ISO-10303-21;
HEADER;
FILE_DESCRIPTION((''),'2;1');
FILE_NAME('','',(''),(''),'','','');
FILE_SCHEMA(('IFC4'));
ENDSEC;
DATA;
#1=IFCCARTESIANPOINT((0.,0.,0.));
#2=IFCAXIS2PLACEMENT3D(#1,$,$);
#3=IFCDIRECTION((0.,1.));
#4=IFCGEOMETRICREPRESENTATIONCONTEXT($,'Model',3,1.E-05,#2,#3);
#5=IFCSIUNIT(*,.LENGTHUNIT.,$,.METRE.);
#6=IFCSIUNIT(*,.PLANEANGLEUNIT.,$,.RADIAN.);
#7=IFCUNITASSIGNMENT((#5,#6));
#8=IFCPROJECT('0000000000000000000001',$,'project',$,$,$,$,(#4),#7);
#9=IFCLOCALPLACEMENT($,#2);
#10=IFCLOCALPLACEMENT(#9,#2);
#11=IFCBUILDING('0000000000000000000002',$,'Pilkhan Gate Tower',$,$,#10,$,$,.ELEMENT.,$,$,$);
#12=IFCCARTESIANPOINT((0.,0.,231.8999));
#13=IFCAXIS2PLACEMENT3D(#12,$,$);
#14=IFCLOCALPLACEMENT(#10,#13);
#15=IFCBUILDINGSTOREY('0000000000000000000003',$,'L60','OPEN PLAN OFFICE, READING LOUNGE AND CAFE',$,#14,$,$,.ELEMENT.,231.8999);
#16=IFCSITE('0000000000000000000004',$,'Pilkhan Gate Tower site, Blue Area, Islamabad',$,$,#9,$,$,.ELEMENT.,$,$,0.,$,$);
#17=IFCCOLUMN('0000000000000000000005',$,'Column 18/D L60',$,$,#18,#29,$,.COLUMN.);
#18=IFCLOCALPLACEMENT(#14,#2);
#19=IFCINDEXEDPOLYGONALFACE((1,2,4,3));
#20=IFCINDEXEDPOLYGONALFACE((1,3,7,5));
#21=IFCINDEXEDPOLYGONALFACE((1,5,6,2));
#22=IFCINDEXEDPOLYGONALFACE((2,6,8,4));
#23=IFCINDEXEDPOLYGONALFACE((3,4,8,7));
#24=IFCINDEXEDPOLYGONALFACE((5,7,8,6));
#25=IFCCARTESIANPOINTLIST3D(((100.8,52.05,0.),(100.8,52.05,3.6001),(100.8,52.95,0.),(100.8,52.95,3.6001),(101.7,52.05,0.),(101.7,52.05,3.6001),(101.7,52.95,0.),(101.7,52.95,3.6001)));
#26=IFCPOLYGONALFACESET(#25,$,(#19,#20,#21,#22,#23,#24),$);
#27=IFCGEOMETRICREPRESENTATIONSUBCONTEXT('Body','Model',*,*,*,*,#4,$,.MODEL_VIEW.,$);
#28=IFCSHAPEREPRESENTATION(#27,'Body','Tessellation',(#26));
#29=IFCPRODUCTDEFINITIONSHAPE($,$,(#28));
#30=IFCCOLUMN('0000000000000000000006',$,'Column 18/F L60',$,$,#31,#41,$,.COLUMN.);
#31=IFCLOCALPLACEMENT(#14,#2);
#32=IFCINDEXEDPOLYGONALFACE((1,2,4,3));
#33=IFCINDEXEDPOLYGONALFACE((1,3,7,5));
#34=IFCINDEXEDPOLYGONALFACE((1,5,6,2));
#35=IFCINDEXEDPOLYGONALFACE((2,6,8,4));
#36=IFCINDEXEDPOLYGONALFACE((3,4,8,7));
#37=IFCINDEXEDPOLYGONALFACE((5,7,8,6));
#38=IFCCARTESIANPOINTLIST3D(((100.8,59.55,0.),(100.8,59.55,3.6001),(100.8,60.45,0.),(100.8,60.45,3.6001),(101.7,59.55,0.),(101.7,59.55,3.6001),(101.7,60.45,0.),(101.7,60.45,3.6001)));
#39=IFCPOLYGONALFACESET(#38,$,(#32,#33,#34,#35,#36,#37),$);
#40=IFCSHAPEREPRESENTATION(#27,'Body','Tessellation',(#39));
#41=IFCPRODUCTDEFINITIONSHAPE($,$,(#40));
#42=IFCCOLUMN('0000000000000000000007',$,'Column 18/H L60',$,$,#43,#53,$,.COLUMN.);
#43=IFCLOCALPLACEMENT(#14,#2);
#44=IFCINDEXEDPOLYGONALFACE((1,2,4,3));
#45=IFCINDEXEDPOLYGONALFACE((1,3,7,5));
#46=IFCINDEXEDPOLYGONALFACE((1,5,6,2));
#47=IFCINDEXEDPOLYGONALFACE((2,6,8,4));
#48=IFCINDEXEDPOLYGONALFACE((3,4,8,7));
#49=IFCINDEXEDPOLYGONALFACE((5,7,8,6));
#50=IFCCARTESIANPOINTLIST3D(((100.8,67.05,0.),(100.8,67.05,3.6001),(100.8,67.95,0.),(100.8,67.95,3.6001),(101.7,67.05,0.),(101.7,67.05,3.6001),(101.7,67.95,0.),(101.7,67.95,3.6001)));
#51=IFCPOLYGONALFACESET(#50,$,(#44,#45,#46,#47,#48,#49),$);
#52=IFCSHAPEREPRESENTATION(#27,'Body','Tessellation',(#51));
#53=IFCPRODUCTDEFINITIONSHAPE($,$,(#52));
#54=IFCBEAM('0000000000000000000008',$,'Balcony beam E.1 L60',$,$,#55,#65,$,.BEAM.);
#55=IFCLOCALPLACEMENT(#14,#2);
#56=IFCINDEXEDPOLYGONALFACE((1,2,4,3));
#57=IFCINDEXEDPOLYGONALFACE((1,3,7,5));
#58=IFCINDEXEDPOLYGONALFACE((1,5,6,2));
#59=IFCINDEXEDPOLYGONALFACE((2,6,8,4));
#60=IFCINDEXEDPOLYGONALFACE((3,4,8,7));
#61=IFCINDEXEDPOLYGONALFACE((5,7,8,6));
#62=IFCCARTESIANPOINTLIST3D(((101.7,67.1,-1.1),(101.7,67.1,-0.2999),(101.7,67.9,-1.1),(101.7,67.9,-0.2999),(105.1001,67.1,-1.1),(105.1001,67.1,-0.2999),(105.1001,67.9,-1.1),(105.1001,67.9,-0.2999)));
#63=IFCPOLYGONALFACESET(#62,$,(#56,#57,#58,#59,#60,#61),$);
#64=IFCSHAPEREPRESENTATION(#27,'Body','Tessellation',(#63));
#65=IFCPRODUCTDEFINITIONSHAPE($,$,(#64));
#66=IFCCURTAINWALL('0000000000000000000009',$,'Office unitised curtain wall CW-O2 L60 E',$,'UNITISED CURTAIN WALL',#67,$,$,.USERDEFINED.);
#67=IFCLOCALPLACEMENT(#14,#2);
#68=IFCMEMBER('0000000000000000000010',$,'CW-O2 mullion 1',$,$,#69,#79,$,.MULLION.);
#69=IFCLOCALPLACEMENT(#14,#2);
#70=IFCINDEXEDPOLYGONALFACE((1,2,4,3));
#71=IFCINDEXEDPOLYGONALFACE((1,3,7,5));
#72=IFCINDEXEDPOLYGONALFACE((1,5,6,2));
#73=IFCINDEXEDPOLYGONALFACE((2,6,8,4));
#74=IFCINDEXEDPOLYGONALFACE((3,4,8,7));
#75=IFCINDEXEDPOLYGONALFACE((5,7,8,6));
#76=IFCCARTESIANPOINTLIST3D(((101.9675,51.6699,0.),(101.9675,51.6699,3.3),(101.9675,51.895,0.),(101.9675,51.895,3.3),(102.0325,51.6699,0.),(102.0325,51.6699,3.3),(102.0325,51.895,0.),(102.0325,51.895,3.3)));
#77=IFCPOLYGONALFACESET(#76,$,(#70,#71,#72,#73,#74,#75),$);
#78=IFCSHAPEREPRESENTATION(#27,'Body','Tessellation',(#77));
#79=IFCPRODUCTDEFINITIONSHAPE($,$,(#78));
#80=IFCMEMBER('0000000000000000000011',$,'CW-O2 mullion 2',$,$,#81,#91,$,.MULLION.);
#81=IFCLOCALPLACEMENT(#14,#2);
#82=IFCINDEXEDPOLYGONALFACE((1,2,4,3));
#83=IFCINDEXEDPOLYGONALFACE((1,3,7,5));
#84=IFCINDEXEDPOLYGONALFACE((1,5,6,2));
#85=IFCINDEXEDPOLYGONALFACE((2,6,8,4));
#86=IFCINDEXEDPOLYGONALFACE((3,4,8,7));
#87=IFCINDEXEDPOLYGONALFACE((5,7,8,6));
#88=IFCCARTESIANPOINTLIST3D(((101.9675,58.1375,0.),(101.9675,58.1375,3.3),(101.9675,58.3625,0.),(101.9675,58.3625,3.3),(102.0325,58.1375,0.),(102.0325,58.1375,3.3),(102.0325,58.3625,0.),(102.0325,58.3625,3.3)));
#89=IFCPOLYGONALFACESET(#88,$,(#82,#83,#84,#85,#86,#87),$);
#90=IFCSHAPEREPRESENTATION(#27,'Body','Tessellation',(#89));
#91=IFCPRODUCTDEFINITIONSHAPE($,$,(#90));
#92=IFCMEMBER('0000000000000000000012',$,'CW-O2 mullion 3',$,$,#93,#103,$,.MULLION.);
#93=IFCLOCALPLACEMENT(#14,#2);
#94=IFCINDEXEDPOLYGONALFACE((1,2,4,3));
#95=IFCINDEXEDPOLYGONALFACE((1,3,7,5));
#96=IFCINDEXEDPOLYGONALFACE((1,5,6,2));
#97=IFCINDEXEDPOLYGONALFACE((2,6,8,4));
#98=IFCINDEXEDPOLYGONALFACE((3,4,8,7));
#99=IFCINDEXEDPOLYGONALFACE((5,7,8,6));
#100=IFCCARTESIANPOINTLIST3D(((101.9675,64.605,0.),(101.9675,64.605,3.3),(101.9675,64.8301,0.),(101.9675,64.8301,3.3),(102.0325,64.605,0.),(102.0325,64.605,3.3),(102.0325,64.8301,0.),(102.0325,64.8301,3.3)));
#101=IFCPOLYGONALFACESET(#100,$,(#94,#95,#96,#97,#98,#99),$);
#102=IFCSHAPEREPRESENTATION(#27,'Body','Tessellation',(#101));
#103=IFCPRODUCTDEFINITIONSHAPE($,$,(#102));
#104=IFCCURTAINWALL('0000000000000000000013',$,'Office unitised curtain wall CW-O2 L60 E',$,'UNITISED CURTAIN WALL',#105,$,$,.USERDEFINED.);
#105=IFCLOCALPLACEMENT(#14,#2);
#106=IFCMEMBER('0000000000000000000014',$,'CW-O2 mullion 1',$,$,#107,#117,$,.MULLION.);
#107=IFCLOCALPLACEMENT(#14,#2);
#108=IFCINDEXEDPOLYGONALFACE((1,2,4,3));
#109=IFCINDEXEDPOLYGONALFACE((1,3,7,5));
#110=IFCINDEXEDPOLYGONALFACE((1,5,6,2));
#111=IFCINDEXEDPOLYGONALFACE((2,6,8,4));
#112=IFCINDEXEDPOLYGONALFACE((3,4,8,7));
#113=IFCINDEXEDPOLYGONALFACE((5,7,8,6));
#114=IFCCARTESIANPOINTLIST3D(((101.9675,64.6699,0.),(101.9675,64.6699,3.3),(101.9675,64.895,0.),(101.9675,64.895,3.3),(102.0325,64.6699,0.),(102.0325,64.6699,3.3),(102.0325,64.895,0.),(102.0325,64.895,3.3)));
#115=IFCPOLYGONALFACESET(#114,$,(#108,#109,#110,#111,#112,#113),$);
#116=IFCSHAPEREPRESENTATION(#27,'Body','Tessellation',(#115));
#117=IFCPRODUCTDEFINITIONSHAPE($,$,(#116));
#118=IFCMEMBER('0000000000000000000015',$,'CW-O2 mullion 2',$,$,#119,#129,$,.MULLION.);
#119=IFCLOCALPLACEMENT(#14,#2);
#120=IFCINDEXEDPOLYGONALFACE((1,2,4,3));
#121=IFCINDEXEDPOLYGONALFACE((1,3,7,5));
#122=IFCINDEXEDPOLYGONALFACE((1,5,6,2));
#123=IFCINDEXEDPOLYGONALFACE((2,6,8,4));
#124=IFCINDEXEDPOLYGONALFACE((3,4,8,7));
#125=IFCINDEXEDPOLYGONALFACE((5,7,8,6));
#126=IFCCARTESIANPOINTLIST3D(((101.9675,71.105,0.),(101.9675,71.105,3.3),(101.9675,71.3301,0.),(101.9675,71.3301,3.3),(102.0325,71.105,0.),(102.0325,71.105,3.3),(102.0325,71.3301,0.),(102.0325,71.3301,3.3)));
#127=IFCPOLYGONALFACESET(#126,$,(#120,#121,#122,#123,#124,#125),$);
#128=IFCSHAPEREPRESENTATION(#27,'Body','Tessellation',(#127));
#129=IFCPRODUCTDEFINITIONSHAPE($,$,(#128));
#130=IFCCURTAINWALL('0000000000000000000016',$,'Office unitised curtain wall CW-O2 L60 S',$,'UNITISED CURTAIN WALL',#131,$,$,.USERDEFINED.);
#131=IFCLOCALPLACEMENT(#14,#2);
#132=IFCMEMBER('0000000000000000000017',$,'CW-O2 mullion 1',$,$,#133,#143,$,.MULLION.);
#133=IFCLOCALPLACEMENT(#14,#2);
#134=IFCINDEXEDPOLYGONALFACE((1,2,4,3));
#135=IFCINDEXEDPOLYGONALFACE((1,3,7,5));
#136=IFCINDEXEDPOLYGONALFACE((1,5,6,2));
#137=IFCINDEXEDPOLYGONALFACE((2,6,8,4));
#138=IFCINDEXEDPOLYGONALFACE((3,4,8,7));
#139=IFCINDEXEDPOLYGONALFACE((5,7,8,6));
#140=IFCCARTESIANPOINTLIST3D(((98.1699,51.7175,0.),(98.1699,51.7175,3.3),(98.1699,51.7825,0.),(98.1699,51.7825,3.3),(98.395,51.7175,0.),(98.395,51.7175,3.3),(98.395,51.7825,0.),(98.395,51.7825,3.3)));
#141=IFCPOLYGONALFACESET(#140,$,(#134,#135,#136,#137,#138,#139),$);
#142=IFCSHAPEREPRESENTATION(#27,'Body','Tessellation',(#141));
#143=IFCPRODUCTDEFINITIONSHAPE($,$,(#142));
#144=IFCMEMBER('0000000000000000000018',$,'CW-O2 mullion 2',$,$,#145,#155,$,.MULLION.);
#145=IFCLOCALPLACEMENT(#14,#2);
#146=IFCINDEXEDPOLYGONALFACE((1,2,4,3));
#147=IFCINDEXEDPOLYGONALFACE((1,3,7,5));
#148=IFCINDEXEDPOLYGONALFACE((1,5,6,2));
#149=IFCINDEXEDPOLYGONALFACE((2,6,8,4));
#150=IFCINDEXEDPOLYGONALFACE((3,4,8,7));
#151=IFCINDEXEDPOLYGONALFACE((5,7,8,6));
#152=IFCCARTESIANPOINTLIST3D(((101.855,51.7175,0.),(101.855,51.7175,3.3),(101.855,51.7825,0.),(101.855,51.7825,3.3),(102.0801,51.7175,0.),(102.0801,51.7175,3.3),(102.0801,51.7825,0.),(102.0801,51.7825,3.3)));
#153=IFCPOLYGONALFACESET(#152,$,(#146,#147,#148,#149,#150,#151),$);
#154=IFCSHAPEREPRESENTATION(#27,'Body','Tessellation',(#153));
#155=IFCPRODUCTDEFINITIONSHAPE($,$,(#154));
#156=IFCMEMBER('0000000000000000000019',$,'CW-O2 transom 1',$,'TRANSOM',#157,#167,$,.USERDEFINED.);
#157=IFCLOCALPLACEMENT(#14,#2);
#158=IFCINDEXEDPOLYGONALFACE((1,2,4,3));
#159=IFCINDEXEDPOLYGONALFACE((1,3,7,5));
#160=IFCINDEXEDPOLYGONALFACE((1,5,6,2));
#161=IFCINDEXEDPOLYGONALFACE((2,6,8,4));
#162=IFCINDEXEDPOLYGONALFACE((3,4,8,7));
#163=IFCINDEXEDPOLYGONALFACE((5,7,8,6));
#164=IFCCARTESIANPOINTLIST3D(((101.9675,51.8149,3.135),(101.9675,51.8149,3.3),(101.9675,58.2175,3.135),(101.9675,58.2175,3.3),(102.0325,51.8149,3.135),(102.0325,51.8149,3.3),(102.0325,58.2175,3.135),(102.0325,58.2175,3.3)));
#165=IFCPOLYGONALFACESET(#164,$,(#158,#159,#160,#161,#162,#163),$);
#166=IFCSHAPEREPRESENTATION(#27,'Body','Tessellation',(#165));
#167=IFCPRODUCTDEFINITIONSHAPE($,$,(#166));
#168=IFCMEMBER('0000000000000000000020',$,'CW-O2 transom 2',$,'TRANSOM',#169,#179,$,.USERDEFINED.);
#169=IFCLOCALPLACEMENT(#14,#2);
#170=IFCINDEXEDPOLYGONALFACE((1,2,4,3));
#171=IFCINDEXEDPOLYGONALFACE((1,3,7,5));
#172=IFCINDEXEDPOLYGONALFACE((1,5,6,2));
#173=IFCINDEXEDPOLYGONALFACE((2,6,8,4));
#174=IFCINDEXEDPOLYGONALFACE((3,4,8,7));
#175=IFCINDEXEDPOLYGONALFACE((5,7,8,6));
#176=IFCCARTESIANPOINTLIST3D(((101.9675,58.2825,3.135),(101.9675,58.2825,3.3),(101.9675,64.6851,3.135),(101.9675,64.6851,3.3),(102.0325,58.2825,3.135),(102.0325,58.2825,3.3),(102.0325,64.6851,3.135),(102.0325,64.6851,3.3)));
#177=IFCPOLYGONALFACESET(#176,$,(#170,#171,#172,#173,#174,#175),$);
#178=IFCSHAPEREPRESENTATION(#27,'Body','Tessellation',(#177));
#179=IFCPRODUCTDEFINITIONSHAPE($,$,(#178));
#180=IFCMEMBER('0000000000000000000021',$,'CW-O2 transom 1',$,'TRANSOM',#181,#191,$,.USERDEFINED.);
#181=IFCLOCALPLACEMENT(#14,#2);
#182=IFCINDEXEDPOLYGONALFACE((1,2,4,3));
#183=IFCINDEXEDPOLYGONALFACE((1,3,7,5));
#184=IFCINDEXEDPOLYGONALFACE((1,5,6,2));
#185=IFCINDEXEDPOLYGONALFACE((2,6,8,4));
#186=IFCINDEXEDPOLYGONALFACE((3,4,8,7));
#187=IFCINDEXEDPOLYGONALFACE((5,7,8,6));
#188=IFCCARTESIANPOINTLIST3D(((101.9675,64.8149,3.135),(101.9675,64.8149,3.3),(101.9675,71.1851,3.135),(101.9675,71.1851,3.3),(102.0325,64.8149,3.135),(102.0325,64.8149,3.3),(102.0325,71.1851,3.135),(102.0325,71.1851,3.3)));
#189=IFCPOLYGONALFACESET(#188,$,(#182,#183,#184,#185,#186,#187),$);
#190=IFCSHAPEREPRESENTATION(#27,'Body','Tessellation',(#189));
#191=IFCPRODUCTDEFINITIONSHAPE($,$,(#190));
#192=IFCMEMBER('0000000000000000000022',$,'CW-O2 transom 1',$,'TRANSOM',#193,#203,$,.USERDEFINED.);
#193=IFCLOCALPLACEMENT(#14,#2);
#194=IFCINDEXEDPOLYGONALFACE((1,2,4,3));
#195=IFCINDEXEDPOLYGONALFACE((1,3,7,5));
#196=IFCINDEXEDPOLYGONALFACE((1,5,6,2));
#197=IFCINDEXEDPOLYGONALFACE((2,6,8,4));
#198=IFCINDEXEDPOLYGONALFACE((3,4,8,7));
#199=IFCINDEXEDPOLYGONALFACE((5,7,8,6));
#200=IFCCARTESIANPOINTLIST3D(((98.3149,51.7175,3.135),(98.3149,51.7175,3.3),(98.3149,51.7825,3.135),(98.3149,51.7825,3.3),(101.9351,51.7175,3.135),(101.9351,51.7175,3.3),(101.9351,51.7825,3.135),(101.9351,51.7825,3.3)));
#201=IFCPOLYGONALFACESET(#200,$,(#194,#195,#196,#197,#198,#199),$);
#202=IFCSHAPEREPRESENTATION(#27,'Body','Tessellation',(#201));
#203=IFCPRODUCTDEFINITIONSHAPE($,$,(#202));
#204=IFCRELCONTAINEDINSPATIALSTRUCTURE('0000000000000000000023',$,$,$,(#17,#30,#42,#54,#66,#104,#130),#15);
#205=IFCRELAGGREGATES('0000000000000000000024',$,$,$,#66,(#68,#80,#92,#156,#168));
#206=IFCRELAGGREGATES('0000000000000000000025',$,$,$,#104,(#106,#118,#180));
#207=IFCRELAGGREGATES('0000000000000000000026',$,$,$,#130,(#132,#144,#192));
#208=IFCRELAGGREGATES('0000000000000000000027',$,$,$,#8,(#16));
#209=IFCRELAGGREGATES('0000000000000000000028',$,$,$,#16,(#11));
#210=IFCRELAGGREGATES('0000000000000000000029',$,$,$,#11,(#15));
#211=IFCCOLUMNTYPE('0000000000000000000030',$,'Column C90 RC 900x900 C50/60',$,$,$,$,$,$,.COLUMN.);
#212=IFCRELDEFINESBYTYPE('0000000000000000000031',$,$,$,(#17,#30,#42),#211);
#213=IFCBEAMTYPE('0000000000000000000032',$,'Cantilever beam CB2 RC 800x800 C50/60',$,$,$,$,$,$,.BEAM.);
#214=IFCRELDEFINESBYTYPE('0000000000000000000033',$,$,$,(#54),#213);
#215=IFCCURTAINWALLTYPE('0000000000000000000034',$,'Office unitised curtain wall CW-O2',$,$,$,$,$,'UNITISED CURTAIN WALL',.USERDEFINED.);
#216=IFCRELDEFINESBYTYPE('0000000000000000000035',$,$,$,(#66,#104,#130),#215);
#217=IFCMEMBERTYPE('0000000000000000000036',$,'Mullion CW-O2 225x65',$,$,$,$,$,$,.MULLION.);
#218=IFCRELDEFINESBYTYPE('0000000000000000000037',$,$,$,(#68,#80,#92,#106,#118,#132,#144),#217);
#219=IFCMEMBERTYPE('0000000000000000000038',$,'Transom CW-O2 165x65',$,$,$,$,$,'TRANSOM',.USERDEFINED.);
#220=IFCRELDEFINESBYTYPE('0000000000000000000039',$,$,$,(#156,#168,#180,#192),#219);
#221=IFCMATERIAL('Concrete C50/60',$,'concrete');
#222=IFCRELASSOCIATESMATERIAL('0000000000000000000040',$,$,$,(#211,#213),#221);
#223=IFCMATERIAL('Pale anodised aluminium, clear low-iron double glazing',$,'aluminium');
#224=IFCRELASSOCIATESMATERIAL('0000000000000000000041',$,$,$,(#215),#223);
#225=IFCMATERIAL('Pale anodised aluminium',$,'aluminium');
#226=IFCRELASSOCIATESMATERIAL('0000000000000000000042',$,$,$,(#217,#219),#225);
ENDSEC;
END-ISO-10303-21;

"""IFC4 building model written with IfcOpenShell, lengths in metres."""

from ifc_helpers import new_model, si_unit, direction, frame, origin, origin_2d, place, context, subcontext, project, spatial, rectangle, extrude, material, material_profile, profile_set, type_object, element, aggregate, save


model = new_model("IFC4")

# Units and contexts
model_context = context("Model", 3, precision=1e-05, world=origin(), true_north=direction((0.0, 1.0)))
body_context = subcontext(model_context, "Body", "Model", "MODEL_VIEW")
ifc_project = project(units=[si_unit("LENGTHUNIT", "METRE"), si_unit("PLANEANGLEUNIT", "RADIAN")], contexts=[model_context])

# Site, building, storey
site_placement = place(None, origin())
site = spatial("IfcSite", under=ifc_project, at=site_placement, Name="Pilkhan Gate Tower site, Blue Area, Islamabad", CompositionType="ELEMENT", RefElevation=0.0)
building_placement = place(site_placement, origin())
building = spatial("IfcBuilding", under=site, at=building_placement, Name="Pilkhan Gate Tower", CompositionType="ELEMENT")
storey_placement = place(building_placement, frame((0.0, 0.0, 231.8999)))
storey = spatial("IfcBuildingStorey", under=building, at=storey_placement, Name="L60", Description="OPEN PLAN OFFICE, READING LOUNGE AND CAFE", CompositionType="ELEMENT", Elevation=231.8999)

# Columns
ifc_material_1 = material(Name="Concrete C50/60", Category="concrete")
ifc_material_profile_1 = material_profile(ifc_material_1, rectangle(XDim=0.8999, YDim=0.8999, at=origin_2d()), Name="RC 900x900")
ifc_profile_set_1 = profile_set([ifc_material_profile_1], Name="Concrete C50/60")
column_type = type_object("IfcColumnType", Name="Column C90 RC 900x900 C50/60", PredefinedType="COLUMN", material=ifc_profile_set_1)
for number, where, z_axis, x_axis, name in (
    (1, (101.25, 52.5, 0.0), (0.0, 0.0, 1.0), (1.0, 0.0, 0.0), "Column 18/D L60"),
    (2, (101.25, 60.0, 0.0), (0.0, 0.0, 1.0), (1.0, 0.0, 0.0), "Column 18/F L60"),
    (3, (101.25, 67.5, 0.0), (0.0, 0.0, 1.0), (1.0, 0.0, 0.0), "Column 18/H L60"),
):
    element("IfcColumn", number, at=place(storey_placement, frame(where, z_axis=z_axis, x_axis=x_axis)), inside=storey, type_object=column_type, Name=name, PredefinedType="COLUMN", context=body_context, shape_type="SweptSolid", body=[
        extrude(rectangle(XDim=0.8999, YDim=0.8999, at=origin_2d()), origin(), (0.0, 0.0, 1.0), 3.6001),
    ])

# Beam
ifc_material_profile_2 = material_profile(ifc_material_1, rectangle(XDim=0.8, YDim=0.8, at=origin_2d()), Name="RC 800x800")
ifc_profile_set_2 = profile_set([ifc_material_profile_2], Name="Concrete C50/60")
beam_type = type_object("IfcBeamType", Name="Cantilever beam CB2 RC 800x800 C50/60", PredefinedType="BEAM", material=ifc_profile_set_2)
beam_placement = place(storey_placement, frame((101.7, 67.5, -0.7), z_axis=(1.0, 0.0, 0.0), x_axis=(0.0, 1.0, 0.0)))
element("IfcBeam", 4, at=beam_placement, inside=storey, type_object=beam_type, Name="Balcony beam E.1 L60", PredefinedType="BEAM", context=body_context, shape_type="SweptSolid", body=[
    extrude(rectangle(XDim=0.8, YDim=0.8, at=origin_2d()), origin(), (0.0, 0.0, 1.0), 3.4001),
])

# Curtain walls, members
ifc_material_2 = material(Name="Pale anodised aluminium, clear low-iron double glazing", Category="aluminium")
curtain_wall_type = type_object("IfcCurtainWallType", Name="Office unitised curtain wall CW-O2", ElementType="UNITISED CURTAIN WALL", PredefinedType="USERDEFINED", material=ifc_material_2)
curtain_wall_1_placement = place(storey_placement, origin())
curtain_wall_1 = element("IfcCurtainWall", 5, at=curtain_wall_1_placement, inside=storey, type_object=curtain_wall_type, Name="Office unitised curtain wall CW-O2 L60 E", ObjectType="UNITISED CURTAIN WALL", PredefinedType="USERDEFINED")
ifc_material_3 = material(Name="Pale anodised aluminium", Category="aluminium")
ifc_material_profile_3 = material_profile(ifc_material_3, rectangle(XDim=0.0649, YDim=0.2251, at=origin_2d()), Name="Mullion 225x65")
ifc_profile_set_3 = profile_set([ifc_material_profile_3], Name="Pale anodised aluminium")
member_type_1 = type_object("IfcMemberType", Name="Mullion CW-O2 225x65", PredefinedType="MULLION", material=ifc_profile_set_3)
member_1_placement = place(storey_placement, frame((102.0, 51.7825, 0.0), z_axis=(0.0, 0.0, 1.0), x_axis=(-1.0, 0.0, 0.0)))
member_1 = element("IfcMember", 6, at=member_1_placement, type_object=member_type_1, Name="CW-O2 mullion 1", PredefinedType="MULLION", context=body_context, shape_type="SweptSolid", body=[
    extrude(rectangle(XDim=0.0649, YDim=0.2251, at=origin_2d()), origin(), (0.0, 0.0, 1.0), 3.3),
])
member_2_placement = place(storey_placement, frame((102.0, 58.25, 0.0), z_axis=(0.0, 0.0, 1.0), x_axis=(-1.0, 0.0, 0.0)))
member_2 = element("IfcMember", 7, at=member_2_placement, type_object=member_type_1, Name="CW-O2 mullion 2", PredefinedType="MULLION", context=body_context, shape_type="SweptSolid", body=[
    extrude(rectangle(XDim=0.0649, YDim=0.2251, at=origin_2d()), origin(), (0.0, 0.0, 1.0), 3.3),
])
member_3_placement = place(storey_placement, frame((102.0, 64.7175, 0.0), z_axis=(0.0, 0.0, 1.0), x_axis=(-1.0, 0.0, 0.0)))
member_3 = element("IfcMember", 8, at=member_3_placement, type_object=member_type_1, Name="CW-O2 mullion 3", PredefinedType="MULLION", context=body_context, shape_type="SweptSolid", body=[
    extrude(rectangle(XDim=0.0649, YDim=0.2251, at=origin_2d()), origin(), (0.0, 0.0, 1.0), 3.3),
])
curtain_wall_2_placement = place(storey_placement, origin())
curtain_wall_2 = element("IfcCurtainWall", 9, at=curtain_wall_2_placement, inside=storey, type_object=curtain_wall_type, Name="Office unitised curtain wall CW-O2 L60 E", ObjectType="UNITISED CURTAIN WALL", PredefinedType="USERDEFINED")
member_4_placement = place(storey_placement, frame((102.0, 64.7825, 0.0), z_axis=(0.0, 0.0, 1.0), x_axis=(-1.0, 0.0, 0.0)))
member_4 = element("IfcMember", 10, at=member_4_placement, type_object=member_type_1, Name="CW-O2 mullion 1", PredefinedType="MULLION", context=body_context, shape_type="SweptSolid", body=[
    extrude(rectangle(XDim=0.0649, YDim=0.2251, at=origin_2d()), origin(), (0.0, 0.0, 1.0), 3.3),
])
member_5_placement = place(storey_placement, frame((102.0, 71.2175, 0.0), z_axis=(0.0, 0.0, 1.0), x_axis=(-1.0, 0.0, 0.0)))
member_5 = element("IfcMember", 11, at=member_5_placement, type_object=member_type_1, Name="CW-O2 mullion 2", PredefinedType="MULLION", context=body_context, shape_type="SweptSolid", body=[
    extrude(rectangle(XDim=0.0649, YDim=0.2251, at=origin_2d()), origin(), (0.0, 0.0, 1.0), 3.3),
])
curtain_wall_3_placement = place(storey_placement, origin())
curtain_wall_3 = element("IfcCurtainWall", 12, at=curtain_wall_3_placement, inside=storey, type_object=curtain_wall_type, Name="Office unitised curtain wall CW-O2 L60 S", ObjectType="UNITISED CURTAIN WALL", PredefinedType="USERDEFINED")
member_6_placement = place(storey_placement, frame((98.2825, 51.75, 0.0), z_axis=(0.0, 0.0, 1.0), x_axis=(0.0, 1.0, 0.0)))
member_6 = element("IfcMember", 13, at=member_6_placement, type_object=member_type_1, Name="CW-O2 mullion 1", PredefinedType="MULLION", context=body_context, shape_type="SweptSolid", body=[
    extrude(rectangle(XDim=0.0649, YDim=0.2251, at=origin_2d()), origin(), (0.0, 0.0, 1.0), 3.3),
])
member_7_placement = place(storey_placement, frame((101.9675, 51.75, 0.0), z_axis=(0.0, 0.0, 1.0), x_axis=(0.0, 1.0, 0.0)))
member_7 = element("IfcMember", 14, at=member_7_placement, type_object=member_type_1, Name="CW-O2 mullion 2", PredefinedType="MULLION", context=body_context, shape_type="SweptSolid", body=[
    extrude(rectangle(XDim=0.0649, YDim=0.2251, at=origin_2d()), origin(), (0.0, 0.0, 1.0), 3.3),
])

# Members
ifc_material_profile_4 = material_profile(ifc_material_3, rectangle(XDim=0.0649, YDim=0.165, at=origin_2d()), Name="Transom 165x65")
ifc_profile_set_4 = profile_set([ifc_material_profile_4], Name="Pale anodised aluminium")
member_type_2 = type_object("IfcMemberType", Name="Transom CW-O2 165x65", ElementType="TRANSOM", PredefinedType="USERDEFINED", material=ifc_profile_set_4)
member_8_placement = place(storey_placement, frame((102.0, 51.8149, 3.2175), z_axis=(0.0, 1.0, 0.0), x_axis=(-1.0, 0.0, 0.0)))
member_8 = element("IfcMember", 15, at=member_8_placement, type_object=member_type_2, Name="CW-O2 transom 1", ObjectType="TRANSOM", PredefinedType="USERDEFINED", context=body_context, shape_type="SweptSolid", body=[
    extrude(rectangle(XDim=0.0649, YDim=0.165, at=origin_2d()), origin(), (0.0, 0.0, 1.0), 6.4026),
])
member_9_placement = place(storey_placement, frame((102.0, 58.2825, 3.2175), z_axis=(0.0, 1.0, 0.0), x_axis=(-1.0, 0.0, 0.0)))
member_9 = element("IfcMember", 16, at=member_9_placement, type_object=member_type_2, Name="CW-O2 transom 2", ObjectType="TRANSOM", PredefinedType="USERDEFINED", context=body_context, shape_type="SweptSolid", body=[
    extrude(rectangle(XDim=0.0649, YDim=0.165, at=origin_2d()), origin(), (0.0, 0.0, 1.0), 6.4026),
])
member_10_placement = place(storey_placement, frame((102.0, 64.8149, 3.2175), z_axis=(0.0, 1.0, 0.0), x_axis=(-1.0, 0.0, 0.0)))
member_10 = element("IfcMember", 17, at=member_10_placement, type_object=member_type_2, Name="CW-O2 transom 1", ObjectType="TRANSOM", PredefinedType="USERDEFINED", context=body_context, shape_type="SweptSolid", body=[
    extrude(rectangle(XDim=0.0649, YDim=0.165, at=origin_2d()), origin(), (0.0, 0.0, 1.0), 6.3701),
])
member_11_placement = place(storey_placement, frame((98.3149, 51.75, 3.2175), z_axis=(1.0, 0.0, 0.0), x_axis=(0.0, 1.0, 0.0)))
member_11 = element("IfcMember", 18, at=member_11_placement, type_object=member_type_2, Name="CW-O2 transom 1", ObjectType="TRANSOM", PredefinedType="USERDEFINED", context=body_context, shape_type="SweptSolid", body=[
    extrude(rectangle(XDim=0.0649, YDim=0.165, at=origin_2d()), origin(), (0.0, 0.0, 1.0), 3.6201),
])

aggregate(curtain_wall_1, [member_1, member_2, member_3, member_8, member_9])
aggregate(curtain_wall_2, [member_4, member_5, member_10])
aggregate(curtain_wall_3, [member_6, member_7, member_11])

save(model, "model.ifc")
